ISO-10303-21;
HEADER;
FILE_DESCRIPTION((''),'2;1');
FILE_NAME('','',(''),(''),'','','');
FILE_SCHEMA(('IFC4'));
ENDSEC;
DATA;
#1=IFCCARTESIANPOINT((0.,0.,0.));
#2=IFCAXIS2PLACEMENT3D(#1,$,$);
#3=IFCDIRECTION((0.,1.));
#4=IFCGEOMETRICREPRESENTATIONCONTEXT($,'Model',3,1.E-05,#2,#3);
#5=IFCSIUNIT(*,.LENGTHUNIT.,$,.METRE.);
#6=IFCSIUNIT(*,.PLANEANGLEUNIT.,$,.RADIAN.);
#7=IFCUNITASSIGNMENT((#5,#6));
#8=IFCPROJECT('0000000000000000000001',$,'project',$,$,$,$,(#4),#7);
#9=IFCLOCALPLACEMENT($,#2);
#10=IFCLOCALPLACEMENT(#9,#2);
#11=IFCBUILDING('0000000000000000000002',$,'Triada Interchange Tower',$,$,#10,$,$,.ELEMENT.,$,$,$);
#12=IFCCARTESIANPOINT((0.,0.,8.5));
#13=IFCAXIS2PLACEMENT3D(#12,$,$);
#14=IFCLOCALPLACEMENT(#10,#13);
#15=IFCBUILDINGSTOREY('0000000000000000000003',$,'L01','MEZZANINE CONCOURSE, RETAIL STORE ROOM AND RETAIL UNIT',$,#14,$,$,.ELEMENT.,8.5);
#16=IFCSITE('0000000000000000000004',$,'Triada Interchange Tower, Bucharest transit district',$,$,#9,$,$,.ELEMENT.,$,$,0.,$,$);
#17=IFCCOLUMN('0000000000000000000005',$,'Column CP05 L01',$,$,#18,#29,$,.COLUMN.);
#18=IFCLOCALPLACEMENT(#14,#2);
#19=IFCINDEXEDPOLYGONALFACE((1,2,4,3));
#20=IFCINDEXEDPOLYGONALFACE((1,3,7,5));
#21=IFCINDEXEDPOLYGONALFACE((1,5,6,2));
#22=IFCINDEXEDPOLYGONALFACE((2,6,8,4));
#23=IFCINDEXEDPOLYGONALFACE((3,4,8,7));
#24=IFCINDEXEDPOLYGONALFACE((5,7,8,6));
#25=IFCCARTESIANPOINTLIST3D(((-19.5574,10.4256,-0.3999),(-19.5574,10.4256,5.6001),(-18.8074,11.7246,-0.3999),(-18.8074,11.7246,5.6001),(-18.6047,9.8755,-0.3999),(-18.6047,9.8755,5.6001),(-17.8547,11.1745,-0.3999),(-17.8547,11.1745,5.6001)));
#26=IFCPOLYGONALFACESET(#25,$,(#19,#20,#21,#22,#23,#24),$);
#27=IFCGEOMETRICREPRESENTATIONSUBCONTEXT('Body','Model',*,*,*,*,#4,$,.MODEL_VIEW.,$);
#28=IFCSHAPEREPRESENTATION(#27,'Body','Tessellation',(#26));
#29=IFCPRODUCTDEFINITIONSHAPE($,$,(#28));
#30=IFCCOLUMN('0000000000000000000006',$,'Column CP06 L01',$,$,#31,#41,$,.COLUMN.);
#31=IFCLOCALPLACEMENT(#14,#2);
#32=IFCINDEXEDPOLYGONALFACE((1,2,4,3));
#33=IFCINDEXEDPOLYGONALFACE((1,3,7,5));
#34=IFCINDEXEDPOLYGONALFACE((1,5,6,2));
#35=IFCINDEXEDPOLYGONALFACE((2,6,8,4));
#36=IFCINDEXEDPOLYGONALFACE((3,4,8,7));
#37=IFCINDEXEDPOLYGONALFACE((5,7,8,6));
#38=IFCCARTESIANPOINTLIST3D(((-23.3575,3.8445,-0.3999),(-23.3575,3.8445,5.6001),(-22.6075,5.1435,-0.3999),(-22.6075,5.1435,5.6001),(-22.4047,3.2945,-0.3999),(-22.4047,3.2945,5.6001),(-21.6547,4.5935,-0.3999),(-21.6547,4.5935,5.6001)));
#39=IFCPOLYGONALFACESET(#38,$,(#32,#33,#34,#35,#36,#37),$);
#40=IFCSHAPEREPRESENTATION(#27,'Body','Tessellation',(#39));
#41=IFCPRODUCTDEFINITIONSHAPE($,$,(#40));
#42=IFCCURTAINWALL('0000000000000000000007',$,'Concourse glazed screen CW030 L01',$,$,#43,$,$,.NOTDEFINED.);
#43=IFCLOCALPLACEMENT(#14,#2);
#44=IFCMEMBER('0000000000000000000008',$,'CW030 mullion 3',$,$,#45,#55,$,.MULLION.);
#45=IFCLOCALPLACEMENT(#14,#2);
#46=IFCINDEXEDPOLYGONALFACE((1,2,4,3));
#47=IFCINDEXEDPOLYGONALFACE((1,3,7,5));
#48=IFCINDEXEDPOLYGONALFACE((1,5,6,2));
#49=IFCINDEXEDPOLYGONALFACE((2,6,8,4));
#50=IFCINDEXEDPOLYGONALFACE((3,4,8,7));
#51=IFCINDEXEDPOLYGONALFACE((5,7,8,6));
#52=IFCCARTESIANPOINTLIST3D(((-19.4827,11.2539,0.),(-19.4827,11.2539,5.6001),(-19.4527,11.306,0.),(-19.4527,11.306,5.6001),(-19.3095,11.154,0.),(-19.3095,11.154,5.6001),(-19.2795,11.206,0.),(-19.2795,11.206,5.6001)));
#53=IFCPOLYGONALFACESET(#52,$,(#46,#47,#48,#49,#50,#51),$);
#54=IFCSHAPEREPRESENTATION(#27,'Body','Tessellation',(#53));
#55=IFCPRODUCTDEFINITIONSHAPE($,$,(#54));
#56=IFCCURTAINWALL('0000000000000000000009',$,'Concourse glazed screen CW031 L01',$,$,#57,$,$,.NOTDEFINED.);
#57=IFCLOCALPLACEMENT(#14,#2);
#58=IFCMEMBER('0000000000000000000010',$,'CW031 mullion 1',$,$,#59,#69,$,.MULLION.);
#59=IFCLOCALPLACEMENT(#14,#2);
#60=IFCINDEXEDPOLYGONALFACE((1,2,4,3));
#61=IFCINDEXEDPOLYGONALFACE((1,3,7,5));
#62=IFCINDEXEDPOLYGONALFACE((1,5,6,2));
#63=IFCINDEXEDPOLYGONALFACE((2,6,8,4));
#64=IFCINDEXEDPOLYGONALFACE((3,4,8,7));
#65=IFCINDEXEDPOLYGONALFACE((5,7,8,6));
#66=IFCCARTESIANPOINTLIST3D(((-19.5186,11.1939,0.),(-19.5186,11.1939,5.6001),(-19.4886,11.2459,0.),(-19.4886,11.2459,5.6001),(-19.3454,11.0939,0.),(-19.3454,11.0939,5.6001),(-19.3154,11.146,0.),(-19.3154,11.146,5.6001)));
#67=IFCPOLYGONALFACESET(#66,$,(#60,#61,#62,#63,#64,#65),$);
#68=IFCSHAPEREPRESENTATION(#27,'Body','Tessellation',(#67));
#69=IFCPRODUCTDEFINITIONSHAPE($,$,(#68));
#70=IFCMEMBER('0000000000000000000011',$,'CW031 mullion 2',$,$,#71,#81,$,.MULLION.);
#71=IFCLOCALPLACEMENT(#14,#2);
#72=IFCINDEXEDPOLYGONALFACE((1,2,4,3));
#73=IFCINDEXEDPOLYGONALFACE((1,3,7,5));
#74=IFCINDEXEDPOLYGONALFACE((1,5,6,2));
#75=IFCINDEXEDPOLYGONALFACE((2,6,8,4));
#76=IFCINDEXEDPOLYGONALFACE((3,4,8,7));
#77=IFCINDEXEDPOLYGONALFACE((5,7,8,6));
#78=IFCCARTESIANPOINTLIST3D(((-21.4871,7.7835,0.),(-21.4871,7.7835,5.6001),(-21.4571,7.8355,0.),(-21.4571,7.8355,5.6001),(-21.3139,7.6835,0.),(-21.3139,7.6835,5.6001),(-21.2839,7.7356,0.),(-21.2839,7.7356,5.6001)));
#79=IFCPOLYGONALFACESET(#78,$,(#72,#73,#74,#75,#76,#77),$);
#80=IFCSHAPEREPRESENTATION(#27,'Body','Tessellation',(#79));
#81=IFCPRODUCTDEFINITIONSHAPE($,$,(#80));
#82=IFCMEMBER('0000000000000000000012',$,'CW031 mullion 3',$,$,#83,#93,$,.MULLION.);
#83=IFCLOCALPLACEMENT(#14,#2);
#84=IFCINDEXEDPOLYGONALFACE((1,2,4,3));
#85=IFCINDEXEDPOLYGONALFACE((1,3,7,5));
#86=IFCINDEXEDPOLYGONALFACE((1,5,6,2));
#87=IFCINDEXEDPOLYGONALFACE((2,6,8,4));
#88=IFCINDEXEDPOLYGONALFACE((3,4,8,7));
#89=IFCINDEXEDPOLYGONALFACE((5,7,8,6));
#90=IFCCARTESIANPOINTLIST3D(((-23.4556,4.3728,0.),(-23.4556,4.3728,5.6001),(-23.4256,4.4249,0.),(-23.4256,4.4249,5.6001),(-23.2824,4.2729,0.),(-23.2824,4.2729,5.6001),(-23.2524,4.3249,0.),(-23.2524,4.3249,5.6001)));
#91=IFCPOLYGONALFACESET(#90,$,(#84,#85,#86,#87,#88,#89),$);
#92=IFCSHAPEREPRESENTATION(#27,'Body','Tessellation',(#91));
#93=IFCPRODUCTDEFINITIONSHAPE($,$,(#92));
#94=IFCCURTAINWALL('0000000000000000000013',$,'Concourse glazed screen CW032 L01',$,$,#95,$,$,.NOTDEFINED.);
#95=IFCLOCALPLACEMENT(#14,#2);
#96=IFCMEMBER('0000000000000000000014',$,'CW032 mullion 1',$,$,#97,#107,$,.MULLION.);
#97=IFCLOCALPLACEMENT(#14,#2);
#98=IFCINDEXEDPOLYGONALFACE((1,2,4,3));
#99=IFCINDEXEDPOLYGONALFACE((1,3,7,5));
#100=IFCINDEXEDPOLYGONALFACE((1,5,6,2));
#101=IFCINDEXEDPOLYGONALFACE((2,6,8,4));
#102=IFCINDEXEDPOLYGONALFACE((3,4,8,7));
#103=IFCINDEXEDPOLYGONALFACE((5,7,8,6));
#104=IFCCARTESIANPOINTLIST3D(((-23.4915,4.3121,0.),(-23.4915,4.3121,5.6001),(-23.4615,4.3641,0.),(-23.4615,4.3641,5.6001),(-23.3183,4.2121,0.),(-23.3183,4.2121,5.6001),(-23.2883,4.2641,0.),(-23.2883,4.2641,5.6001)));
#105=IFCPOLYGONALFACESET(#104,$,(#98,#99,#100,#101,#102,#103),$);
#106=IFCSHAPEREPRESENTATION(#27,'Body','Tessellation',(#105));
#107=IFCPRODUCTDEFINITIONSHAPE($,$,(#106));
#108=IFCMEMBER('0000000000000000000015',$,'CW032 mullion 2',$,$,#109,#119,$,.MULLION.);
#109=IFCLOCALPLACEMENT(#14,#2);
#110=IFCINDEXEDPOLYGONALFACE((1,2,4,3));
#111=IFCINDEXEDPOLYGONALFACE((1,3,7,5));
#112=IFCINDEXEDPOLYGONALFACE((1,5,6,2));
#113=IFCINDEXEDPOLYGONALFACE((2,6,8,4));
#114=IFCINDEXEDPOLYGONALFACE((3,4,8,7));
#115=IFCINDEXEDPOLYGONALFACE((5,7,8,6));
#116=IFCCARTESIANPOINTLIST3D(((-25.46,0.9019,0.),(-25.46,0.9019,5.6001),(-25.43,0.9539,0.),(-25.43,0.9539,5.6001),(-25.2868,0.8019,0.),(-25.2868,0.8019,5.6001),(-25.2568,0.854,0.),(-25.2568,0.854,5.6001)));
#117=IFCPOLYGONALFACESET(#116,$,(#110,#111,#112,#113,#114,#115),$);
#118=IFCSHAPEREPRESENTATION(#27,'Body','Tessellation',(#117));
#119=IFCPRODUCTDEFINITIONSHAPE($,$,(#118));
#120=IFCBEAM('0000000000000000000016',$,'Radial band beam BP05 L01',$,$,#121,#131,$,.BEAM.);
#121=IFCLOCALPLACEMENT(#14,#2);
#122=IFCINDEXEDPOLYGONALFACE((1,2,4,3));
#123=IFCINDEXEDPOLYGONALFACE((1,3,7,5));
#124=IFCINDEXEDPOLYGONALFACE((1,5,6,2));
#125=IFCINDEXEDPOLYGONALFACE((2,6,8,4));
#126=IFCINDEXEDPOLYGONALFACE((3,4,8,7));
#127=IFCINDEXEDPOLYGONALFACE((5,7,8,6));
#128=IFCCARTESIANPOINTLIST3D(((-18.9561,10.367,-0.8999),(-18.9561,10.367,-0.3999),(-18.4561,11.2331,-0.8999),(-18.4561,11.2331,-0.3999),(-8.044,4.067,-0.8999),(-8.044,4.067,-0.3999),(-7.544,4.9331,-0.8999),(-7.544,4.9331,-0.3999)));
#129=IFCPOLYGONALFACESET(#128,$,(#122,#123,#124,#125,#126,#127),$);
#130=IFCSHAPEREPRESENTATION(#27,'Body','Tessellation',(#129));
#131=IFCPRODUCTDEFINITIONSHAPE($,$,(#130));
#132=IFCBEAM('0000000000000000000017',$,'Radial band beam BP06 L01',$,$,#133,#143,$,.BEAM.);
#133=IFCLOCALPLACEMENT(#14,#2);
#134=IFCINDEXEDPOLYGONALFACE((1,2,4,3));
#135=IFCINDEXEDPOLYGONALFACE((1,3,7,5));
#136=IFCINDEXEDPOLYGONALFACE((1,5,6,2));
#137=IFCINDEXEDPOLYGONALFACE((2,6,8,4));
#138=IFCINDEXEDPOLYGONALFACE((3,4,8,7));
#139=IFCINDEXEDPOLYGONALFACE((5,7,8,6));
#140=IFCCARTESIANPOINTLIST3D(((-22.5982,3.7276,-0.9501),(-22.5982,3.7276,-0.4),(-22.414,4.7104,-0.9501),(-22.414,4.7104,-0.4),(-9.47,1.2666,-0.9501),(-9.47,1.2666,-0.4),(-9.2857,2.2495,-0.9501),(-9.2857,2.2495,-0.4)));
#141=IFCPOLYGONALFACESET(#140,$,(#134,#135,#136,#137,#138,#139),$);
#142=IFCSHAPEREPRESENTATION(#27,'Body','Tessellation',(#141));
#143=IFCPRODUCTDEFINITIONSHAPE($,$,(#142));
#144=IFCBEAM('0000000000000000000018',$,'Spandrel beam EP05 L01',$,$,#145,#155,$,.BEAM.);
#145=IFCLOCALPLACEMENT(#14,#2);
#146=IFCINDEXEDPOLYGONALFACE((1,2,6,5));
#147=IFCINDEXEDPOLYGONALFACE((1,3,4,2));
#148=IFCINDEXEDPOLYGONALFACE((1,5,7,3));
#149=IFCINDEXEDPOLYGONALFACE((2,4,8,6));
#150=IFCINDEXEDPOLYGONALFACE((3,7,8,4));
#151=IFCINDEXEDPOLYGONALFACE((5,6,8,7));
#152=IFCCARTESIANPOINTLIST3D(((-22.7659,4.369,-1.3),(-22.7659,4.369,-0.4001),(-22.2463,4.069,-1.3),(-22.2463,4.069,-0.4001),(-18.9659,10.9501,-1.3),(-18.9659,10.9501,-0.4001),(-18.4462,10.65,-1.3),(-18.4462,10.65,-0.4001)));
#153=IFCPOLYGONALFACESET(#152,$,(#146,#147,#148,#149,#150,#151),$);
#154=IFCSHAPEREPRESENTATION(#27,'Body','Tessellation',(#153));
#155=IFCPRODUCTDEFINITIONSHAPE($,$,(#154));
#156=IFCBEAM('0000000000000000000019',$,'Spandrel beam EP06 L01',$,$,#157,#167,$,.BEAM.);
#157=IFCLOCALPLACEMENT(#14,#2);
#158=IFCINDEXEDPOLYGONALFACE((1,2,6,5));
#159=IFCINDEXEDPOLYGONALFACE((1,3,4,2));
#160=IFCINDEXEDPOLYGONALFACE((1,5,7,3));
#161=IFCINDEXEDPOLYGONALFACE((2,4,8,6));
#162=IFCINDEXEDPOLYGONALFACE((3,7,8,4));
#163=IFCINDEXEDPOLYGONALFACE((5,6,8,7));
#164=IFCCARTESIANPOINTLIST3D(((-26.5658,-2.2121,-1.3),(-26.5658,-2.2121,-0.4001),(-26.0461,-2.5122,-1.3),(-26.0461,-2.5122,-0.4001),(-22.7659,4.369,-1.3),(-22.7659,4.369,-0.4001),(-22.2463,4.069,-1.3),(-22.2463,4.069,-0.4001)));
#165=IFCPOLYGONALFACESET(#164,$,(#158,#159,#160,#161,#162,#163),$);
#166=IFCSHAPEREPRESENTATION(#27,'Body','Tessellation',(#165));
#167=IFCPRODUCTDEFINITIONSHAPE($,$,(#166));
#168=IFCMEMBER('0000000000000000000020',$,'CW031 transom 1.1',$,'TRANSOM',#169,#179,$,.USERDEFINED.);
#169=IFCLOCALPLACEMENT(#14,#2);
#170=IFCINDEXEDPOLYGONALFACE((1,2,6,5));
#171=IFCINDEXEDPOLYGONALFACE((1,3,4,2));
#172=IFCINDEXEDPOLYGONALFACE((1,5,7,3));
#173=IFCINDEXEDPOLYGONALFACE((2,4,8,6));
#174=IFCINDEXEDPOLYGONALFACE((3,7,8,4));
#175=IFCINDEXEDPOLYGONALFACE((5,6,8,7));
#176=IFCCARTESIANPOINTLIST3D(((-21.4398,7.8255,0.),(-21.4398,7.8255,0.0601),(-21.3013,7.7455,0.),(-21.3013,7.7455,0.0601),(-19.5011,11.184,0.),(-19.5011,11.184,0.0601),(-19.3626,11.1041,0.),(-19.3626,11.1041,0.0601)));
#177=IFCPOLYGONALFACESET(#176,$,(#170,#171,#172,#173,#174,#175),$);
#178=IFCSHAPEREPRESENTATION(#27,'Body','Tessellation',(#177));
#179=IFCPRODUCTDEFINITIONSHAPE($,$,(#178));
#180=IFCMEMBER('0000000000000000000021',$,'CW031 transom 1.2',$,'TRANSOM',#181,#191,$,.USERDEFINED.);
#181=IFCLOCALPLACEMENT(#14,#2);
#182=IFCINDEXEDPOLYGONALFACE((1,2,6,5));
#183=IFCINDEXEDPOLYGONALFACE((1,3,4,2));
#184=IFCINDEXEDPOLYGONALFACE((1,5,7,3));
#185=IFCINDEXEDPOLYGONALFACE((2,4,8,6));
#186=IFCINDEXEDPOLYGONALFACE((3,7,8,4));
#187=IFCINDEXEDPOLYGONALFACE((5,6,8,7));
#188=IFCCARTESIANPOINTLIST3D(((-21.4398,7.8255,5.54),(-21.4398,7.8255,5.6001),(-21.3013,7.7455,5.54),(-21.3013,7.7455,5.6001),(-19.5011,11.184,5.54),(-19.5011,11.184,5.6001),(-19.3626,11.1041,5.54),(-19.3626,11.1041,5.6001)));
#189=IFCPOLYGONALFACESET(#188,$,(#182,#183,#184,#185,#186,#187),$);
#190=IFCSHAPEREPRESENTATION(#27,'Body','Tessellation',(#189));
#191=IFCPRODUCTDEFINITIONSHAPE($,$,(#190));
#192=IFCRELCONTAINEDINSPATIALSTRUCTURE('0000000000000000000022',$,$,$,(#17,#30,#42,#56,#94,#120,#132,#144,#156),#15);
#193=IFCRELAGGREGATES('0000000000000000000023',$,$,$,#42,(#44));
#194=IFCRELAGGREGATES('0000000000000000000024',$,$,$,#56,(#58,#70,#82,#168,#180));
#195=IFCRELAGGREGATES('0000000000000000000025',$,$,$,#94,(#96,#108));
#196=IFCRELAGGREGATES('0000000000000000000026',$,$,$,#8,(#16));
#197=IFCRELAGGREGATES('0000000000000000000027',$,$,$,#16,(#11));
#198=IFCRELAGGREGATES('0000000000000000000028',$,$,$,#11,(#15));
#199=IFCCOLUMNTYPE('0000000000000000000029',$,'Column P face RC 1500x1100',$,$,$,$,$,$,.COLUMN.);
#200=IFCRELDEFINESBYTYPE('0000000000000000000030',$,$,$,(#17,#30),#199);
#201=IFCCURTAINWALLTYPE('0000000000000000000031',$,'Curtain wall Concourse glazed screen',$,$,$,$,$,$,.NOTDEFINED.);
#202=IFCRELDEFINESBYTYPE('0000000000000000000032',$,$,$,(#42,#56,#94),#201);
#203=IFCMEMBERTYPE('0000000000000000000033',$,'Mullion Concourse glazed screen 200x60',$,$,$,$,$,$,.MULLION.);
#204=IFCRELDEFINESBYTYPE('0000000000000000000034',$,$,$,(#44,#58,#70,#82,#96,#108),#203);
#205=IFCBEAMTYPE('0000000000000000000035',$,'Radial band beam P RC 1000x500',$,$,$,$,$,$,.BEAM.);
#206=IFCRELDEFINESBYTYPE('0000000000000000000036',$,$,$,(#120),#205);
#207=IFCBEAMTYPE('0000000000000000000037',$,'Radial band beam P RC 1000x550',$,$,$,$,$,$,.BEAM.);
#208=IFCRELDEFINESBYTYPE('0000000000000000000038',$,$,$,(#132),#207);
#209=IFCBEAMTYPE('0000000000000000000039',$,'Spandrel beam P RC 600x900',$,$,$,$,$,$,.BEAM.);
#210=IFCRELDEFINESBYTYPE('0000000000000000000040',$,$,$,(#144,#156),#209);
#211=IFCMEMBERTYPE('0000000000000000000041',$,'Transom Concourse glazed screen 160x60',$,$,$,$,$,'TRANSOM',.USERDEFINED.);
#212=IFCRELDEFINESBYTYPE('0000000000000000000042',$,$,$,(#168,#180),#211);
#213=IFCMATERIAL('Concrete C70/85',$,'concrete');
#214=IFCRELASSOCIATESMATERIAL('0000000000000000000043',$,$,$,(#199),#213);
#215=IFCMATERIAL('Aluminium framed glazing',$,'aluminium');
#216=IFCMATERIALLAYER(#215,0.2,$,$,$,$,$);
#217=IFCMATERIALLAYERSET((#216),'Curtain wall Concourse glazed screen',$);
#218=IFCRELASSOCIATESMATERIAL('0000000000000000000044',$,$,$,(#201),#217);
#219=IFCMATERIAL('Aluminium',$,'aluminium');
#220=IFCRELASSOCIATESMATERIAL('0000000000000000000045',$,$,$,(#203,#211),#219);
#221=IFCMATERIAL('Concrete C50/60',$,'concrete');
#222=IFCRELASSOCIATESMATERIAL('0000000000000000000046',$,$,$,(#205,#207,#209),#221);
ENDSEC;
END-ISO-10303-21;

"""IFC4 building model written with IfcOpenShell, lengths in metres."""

from ifc_helpers import new_model, si_unit, direction, frame, origin, origin_2d, place, context, subcontext, project, spatial, rectangle, extrude, material, layer, layer_set, material_profile, profile_set, type_object, element, aggregate, save


model = new_model("IFC4")

# Units and contexts
model_context = context("Model", 3, precision=1e-05, world=origin(), true_north=direction((0.0, 1.0)))
body_context = subcontext(model_context, "Body", "Model", "MODEL_VIEW")
ifc_project = project(units=[si_unit("LENGTHUNIT", "METRE"), si_unit("PLANEANGLEUNIT", "RADIAN")], contexts=[model_context])

# Site, building, storey
site_placement = place(None, origin())
site = spatial("IfcSite", under=ifc_project, at=site_placement, Name="Triada Interchange Tower, Bucharest transit district", CompositionType="ELEMENT", RefElevation=0.0)
building_placement = place(site_placement, origin())
building = spatial("IfcBuilding", under=site, at=building_placement, Name="Triada Interchange Tower", CompositionType="ELEMENT")
storey_placement = place(building_placement, frame((0.0, 0.0, 8.5)))
storey = spatial("IfcBuildingStorey", under=building, at=storey_placement, Name="L01", Description="MEZZANINE CONCOURSE, RETAIL STORE ROOM AND RETAIL UNIT", CompositionType="ELEMENT", Elevation=8.5)

# Columns
ifc_material_1 = material(Name="Concrete C70/85", Category="concrete")
ifc_material_profile_1 = material_profile(ifc_material_1, rectangle(XDim=1.5, YDim=1.1001, at=origin_2d()), Name="RC 1500x1100")
ifc_profile_set_1 = profile_set([ifc_material_profile_1], Name="Concrete C70/85")
column_type = type_object("IfcColumnType", Name="Column P face RC 1500x1100", PredefinedType="COLUMN", material=ifc_profile_set_1)
for number, where, z_axis, x_axis, name in (
    (1, (-18.7061, 10.8, -0.3999), (0.0, 0.0, 1.0), (0.5, 0.866025, 0.0), "Column CP05 L01"),
    (2, (-22.5061, 4.219, -0.3999), (0.0, 0.0, 1.0), (0.5, 0.866025, 0.0), "Column CP06 L01"),
):
    element("IfcColumn", number, at=place(storey_placement, frame(where, z_axis=z_axis, x_axis=x_axis)), inside=storey, type_object=column_type, Name=name, PredefinedType="COLUMN", context=body_context, shape_type="SweptSolid", body=[
        extrude(rectangle(XDim=1.5, YDim=1.1001, at=origin_2d()), origin(), (0.0, 0.0, 1.0), 6.0),
    ])

# Curtain wall, member
ifc_material_2 = material(Name="Aluminium framed glazing", Category="aluminium")
ifc_layer_1 = layer(ifc_material_2, 0.2)
ifc_layer_set_1 = layer_set([ifc_layer_1], Name="Curtain wall Concourse glazed screen")
curtain_wall_type = type_object("IfcCurtainWallType", Name="Curtain wall Concourse glazed screen", PredefinedType="NOTDEFINED", material=ifc_layer_set_1)
curtain_wall_1_placement = place(storey_placement, origin())
curtain_wall_1 = element("IfcCurtainWall", 3, at=curtain_wall_1_placement, inside=storey, type_object=curtain_wall_type, Name="Concourse glazed screen CW030 L01", PredefinedType="NOTDEFINED")
ifc_material_3 = material(Name="Aluminium", Category="aluminium")
ifc_material_profile_2 = material_profile(ifc_material_3, rectangle(XDim=0.2, YDim=0.0601, at=origin_2d()), Name="Aluminium mullion")
ifc_profile_set_2 = profile_set([ifc_material_profile_2], Name="Aluminium")
member_type_1 = type_object("IfcMemberType", Name="Mullion Concourse glazed screen 200x60", PredefinedType="MULLION", material=ifc_profile_set_2)
member_1_placement = place(storey_placement, frame((-19.3811, 11.23, 0.0), z_axis=(0.0, 0.0, 1.0), x_axis=(0.866087, -0.499893, 0.0)))
member_1 = element("IfcMember", 4, at=member_1_placement, type_object=member_type_1, Name="CW030 mullion 3", PredefinedType="MULLION", context=body_context, shape_type="SweptSolid", body=[
    extrude(rectangle(XDim=0.2, YDim=0.0601, at=origin_2d()), origin(), (0.0, 0.0, 1.0), 5.6001),
])
aggregate(curtain_wall_1, [member_1])

# Curtain walls, members
curtain_wall_2_placement = place(storey_placement, origin())
curtain_wall_2 = element("IfcCurtainWall", 5, at=curtain_wall_2_placement, inside=storey, type_object=curtain_wall_type, Name="Concourse glazed screen CW031 L01", PredefinedType="NOTDEFINED")
member_2_placement = place(storey_placement, frame((-19.417, 11.1699, 0.0), z_axis=(0.0, 0.0, 1.0), x_axis=(0.866087, -0.499893, 0.0)))
member_2 = element("IfcMember", 6, at=member_2_placement, type_object=member_type_1, Name="CW031 mullion 1", PredefinedType="MULLION", context=body_context, shape_type="SweptSolid", body=[
    extrude(rectangle(XDim=0.2, YDim=0.0601, at=origin_2d()), origin(), (0.0, 0.0, 1.0), 5.6001),
])
member_3_placement = place(storey_placement, frame((-21.3855, 7.7595, 0.0), z_axis=(0.0, 0.0, 1.0), x_axis=(0.866087, -0.499893, 0.0)))
member_3 = element("IfcMember", 7, at=member_3_placement, type_object=member_type_1, Name="CW031 mullion 2", PredefinedType="MULLION", context=body_context, shape_type="SweptSolid", body=[
    extrude(rectangle(XDim=0.2, YDim=0.0601, at=origin_2d()), origin(), (0.0, 0.0, 1.0), 5.6001),
])
member_4_placement = place(storey_placement, frame((-23.354, 4.3489, 0.0), z_axis=(0.0, 0.0, 1.0), x_axis=(0.866087, -0.499893, 0.0)))
member_4 = element("IfcMember", 8, at=member_4_placement, type_object=member_type_1, Name="CW031 mullion 3", PredefinedType="MULLION", context=body_context, shape_type="SweptSolid", body=[
    extrude(rectangle(XDim=0.2, YDim=0.0601, at=origin_2d()), origin(), (0.0, 0.0, 1.0), 5.6001),
])
curtain_wall_3_placement = place(storey_placement, origin())
curtain_wall_3 = element("IfcCurtainWall", 9, at=curtain_wall_3_placement, inside=storey, type_object=curtain_wall_type, Name="Concourse glazed screen CW032 L01", PredefinedType="NOTDEFINED")
member_5_placement = place(storey_placement, frame((-23.3899, 4.2881, 0.0), z_axis=(0.0, 0.0, 1.0), x_axis=(0.866055, -0.499948, 0.0)))
member_5 = element("IfcMember", 10, at=member_5_placement, type_object=member_type_1, Name="CW032 mullion 1", PredefinedType="MULLION", context=body_context, shape_type="SweptSolid", body=[
    extrude(rectangle(XDim=0.2, YDim=0.0601, at=origin_2d()), origin(), (0.0, 0.0, 1.0), 5.6001),
])
member_6_placement = place(storey_placement, frame((-25.3584, 0.8779, 0.0), z_axis=(0.0, 0.0, 1.0), x_axis=(0.866055, -0.499948, 0.0)))
member_6 = element("IfcMember", 11, at=member_6_placement, type_object=member_type_1, Name="CW032 mullion 2", PredefinedType="MULLION", context=body_context, shape_type="SweptSolid", body=[
    extrude(rectangle(XDim=0.2, YDim=0.0601, at=origin_2d()), origin(), (0.0, 0.0, 1.0), 5.6001),
])

# Beams
ifc_material_4 = material(Name="Concrete C50/60", Category="concrete")
ifc_material_profile_3 = material_profile(ifc_material_4, rectangle(XDim=1.0, YDim=0.5, at=origin_2d()), Name="RC 1000x500")
ifc_profile_set_3 = profile_set([ifc_material_profile_3], Name="Concrete C50/60")
beam_type_1 = type_object("IfcBeamType", Name="Radial band beam P RC 1000x500", PredefinedType="BEAM", material=ifc_profile_set_3)
beam_1_placement = place(storey_placement, frame((-18.7061, 10.8, -0.6499), z_axis=(0.866027, -0.499996, 0.0), x_axis=(0.499996, 0.866027, 0.0)))
element("IfcBeam", 12, at=beam_1_placement, inside=storey, type_object=beam_type_1, Name="Radial band beam BP05 L01", PredefinedType="BEAM", context=body_context, shape_type="SweptSolid", body=[
    extrude(rectangle(XDim=1.0, YDim=0.5, at=origin_2d()), origin(), (0.0, 0.0, 1.0), 12.6001),
])
ifc_material_profile_4 = material_profile(ifc_material_4, rectangle(XDim=1.0, YDim=0.55, at=origin_2d()), Name="RC 1000x550")
ifc_profile_set_4 = profile_set([ifc_material_profile_4], Name="Concrete C50/60")
beam_type_2 = type_object("IfcBeamType", Name="Radial band beam P RC 1000x550", PredefinedType="BEAM", material=ifc_profile_set_4)
beam_2_placement = place(storey_placement, frame((-22.5061, 4.219, -0.675), z_axis=(0.98288, -0.184245, 0.0), x_axis=(0.184245, 0.98288, 0.0)))
element("IfcBeam", 13, at=beam_2_placement, inside=storey, type_object=beam_type_2, Name="Radial band beam BP06 L01", PredefinedType="BEAM", context=body_context, shape_type="SweptSolid", body=[
    extrude(rectangle(XDim=1.0, YDim=0.55, at=origin_2d()), origin(), (0.0, 0.0, 1.0), 13.3569),
])
ifc_material_profile_5 = material_profile(ifc_material_4, rectangle(XDim=0.6001, YDim=0.8999, at=origin_2d()), Name="RC 600x900")
ifc_profile_set_5 = profile_set([ifc_material_profile_5], Name="Concrete C50/60")
beam_type_3 = type_object("IfcBeamType", Name="Spandrel beam P RC 600x900", PredefinedType="BEAM", material=ifc_profile_set_5)
for number, where, z_axis, x_axis, name in (
    (14, (-18.7061, 10.8, -0.8501), (-0.500047, -0.865998, 0.0), (0.865998, -0.500047, 0.0), "Spandrel beam EP05 L01"),
    (15, (-22.5061, 4.219, -0.8501), (-0.500023, -0.866012, 0.0), (0.866012, -0.500023, 0.0), "Spandrel beam EP06 L01"),
):
    element("IfcBeam", number, at=place(storey_placement, frame(where, z_axis=z_axis, x_axis=x_axis)), inside=storey, type_object=beam_type_3, Name=name, PredefinedType="BEAM", context=body_context, shape_type="SweptSolid", body=[
        extrude(rectangle(XDim=0.6001, YDim=0.8999, at=origin_2d()), origin(), (0.0, 0.0, 1.0), 7.5994),
    ])

# Members
ifc_material_profile_6 = material_profile(ifc_material_3, rectangle(XDim=0.1599, YDim=0.0601, at=origin_2d()), Name="Aluminium transom")
ifc_profile_set_6 = profile_set([ifc_material_profile_6], Name="Aluminium")
member_type_2 = type_object("IfcMemberType", Name="Transom Concourse glazed screen 160x60", ElementType="TRANSOM", PredefinedType="USERDEFINED", material=ifc_profile_set_6)
member_7_placement = place(storey_placement, frame((-19.4319, 11.144, 0.03), z_axis=(-0.499924, -0.866069, 0.0), x_axis=(0.866069, -0.499924, 0.0)))
member_7 = element("IfcMember", 16, at=member_7_placement, type_object=member_type_2, Name="CW031 transom 1.1", ObjectType="TRANSOM", PredefinedType="USERDEFINED", context=body_context, shape_type="SweptSolid", body=[
    extrude(rectangle(XDim=0.1599, YDim=0.0601, at=origin_2d()), origin(), (0.0, 0.0, 1.0), 3.8779),
])
member_8_placement = place(storey_placement, frame((-19.4319, 11.144, 5.5701), z_axis=(-0.499924, -0.866069, 0.0), x_axis=(0.866069, -0.499924, 0.0)))
member_8 = element("IfcMember", 17, at=member_8_placement, type_object=member_type_2, Name="CW031 transom 1.2", ObjectType="TRANSOM", PredefinedType="USERDEFINED", context=body_context, shape_type="SweptSolid", body=[
    extrude(rectangle(XDim=0.1599, YDim=0.0601, at=origin_2d()), origin(), (0.0, 0.0, 1.0), 3.8779),
])

aggregate(curtain_wall_2, [member_2, member_3, member_4, member_7, member_8])
aggregate(curtain_wall_3, [member_5, member_6])

save(model, "model.ifc")
